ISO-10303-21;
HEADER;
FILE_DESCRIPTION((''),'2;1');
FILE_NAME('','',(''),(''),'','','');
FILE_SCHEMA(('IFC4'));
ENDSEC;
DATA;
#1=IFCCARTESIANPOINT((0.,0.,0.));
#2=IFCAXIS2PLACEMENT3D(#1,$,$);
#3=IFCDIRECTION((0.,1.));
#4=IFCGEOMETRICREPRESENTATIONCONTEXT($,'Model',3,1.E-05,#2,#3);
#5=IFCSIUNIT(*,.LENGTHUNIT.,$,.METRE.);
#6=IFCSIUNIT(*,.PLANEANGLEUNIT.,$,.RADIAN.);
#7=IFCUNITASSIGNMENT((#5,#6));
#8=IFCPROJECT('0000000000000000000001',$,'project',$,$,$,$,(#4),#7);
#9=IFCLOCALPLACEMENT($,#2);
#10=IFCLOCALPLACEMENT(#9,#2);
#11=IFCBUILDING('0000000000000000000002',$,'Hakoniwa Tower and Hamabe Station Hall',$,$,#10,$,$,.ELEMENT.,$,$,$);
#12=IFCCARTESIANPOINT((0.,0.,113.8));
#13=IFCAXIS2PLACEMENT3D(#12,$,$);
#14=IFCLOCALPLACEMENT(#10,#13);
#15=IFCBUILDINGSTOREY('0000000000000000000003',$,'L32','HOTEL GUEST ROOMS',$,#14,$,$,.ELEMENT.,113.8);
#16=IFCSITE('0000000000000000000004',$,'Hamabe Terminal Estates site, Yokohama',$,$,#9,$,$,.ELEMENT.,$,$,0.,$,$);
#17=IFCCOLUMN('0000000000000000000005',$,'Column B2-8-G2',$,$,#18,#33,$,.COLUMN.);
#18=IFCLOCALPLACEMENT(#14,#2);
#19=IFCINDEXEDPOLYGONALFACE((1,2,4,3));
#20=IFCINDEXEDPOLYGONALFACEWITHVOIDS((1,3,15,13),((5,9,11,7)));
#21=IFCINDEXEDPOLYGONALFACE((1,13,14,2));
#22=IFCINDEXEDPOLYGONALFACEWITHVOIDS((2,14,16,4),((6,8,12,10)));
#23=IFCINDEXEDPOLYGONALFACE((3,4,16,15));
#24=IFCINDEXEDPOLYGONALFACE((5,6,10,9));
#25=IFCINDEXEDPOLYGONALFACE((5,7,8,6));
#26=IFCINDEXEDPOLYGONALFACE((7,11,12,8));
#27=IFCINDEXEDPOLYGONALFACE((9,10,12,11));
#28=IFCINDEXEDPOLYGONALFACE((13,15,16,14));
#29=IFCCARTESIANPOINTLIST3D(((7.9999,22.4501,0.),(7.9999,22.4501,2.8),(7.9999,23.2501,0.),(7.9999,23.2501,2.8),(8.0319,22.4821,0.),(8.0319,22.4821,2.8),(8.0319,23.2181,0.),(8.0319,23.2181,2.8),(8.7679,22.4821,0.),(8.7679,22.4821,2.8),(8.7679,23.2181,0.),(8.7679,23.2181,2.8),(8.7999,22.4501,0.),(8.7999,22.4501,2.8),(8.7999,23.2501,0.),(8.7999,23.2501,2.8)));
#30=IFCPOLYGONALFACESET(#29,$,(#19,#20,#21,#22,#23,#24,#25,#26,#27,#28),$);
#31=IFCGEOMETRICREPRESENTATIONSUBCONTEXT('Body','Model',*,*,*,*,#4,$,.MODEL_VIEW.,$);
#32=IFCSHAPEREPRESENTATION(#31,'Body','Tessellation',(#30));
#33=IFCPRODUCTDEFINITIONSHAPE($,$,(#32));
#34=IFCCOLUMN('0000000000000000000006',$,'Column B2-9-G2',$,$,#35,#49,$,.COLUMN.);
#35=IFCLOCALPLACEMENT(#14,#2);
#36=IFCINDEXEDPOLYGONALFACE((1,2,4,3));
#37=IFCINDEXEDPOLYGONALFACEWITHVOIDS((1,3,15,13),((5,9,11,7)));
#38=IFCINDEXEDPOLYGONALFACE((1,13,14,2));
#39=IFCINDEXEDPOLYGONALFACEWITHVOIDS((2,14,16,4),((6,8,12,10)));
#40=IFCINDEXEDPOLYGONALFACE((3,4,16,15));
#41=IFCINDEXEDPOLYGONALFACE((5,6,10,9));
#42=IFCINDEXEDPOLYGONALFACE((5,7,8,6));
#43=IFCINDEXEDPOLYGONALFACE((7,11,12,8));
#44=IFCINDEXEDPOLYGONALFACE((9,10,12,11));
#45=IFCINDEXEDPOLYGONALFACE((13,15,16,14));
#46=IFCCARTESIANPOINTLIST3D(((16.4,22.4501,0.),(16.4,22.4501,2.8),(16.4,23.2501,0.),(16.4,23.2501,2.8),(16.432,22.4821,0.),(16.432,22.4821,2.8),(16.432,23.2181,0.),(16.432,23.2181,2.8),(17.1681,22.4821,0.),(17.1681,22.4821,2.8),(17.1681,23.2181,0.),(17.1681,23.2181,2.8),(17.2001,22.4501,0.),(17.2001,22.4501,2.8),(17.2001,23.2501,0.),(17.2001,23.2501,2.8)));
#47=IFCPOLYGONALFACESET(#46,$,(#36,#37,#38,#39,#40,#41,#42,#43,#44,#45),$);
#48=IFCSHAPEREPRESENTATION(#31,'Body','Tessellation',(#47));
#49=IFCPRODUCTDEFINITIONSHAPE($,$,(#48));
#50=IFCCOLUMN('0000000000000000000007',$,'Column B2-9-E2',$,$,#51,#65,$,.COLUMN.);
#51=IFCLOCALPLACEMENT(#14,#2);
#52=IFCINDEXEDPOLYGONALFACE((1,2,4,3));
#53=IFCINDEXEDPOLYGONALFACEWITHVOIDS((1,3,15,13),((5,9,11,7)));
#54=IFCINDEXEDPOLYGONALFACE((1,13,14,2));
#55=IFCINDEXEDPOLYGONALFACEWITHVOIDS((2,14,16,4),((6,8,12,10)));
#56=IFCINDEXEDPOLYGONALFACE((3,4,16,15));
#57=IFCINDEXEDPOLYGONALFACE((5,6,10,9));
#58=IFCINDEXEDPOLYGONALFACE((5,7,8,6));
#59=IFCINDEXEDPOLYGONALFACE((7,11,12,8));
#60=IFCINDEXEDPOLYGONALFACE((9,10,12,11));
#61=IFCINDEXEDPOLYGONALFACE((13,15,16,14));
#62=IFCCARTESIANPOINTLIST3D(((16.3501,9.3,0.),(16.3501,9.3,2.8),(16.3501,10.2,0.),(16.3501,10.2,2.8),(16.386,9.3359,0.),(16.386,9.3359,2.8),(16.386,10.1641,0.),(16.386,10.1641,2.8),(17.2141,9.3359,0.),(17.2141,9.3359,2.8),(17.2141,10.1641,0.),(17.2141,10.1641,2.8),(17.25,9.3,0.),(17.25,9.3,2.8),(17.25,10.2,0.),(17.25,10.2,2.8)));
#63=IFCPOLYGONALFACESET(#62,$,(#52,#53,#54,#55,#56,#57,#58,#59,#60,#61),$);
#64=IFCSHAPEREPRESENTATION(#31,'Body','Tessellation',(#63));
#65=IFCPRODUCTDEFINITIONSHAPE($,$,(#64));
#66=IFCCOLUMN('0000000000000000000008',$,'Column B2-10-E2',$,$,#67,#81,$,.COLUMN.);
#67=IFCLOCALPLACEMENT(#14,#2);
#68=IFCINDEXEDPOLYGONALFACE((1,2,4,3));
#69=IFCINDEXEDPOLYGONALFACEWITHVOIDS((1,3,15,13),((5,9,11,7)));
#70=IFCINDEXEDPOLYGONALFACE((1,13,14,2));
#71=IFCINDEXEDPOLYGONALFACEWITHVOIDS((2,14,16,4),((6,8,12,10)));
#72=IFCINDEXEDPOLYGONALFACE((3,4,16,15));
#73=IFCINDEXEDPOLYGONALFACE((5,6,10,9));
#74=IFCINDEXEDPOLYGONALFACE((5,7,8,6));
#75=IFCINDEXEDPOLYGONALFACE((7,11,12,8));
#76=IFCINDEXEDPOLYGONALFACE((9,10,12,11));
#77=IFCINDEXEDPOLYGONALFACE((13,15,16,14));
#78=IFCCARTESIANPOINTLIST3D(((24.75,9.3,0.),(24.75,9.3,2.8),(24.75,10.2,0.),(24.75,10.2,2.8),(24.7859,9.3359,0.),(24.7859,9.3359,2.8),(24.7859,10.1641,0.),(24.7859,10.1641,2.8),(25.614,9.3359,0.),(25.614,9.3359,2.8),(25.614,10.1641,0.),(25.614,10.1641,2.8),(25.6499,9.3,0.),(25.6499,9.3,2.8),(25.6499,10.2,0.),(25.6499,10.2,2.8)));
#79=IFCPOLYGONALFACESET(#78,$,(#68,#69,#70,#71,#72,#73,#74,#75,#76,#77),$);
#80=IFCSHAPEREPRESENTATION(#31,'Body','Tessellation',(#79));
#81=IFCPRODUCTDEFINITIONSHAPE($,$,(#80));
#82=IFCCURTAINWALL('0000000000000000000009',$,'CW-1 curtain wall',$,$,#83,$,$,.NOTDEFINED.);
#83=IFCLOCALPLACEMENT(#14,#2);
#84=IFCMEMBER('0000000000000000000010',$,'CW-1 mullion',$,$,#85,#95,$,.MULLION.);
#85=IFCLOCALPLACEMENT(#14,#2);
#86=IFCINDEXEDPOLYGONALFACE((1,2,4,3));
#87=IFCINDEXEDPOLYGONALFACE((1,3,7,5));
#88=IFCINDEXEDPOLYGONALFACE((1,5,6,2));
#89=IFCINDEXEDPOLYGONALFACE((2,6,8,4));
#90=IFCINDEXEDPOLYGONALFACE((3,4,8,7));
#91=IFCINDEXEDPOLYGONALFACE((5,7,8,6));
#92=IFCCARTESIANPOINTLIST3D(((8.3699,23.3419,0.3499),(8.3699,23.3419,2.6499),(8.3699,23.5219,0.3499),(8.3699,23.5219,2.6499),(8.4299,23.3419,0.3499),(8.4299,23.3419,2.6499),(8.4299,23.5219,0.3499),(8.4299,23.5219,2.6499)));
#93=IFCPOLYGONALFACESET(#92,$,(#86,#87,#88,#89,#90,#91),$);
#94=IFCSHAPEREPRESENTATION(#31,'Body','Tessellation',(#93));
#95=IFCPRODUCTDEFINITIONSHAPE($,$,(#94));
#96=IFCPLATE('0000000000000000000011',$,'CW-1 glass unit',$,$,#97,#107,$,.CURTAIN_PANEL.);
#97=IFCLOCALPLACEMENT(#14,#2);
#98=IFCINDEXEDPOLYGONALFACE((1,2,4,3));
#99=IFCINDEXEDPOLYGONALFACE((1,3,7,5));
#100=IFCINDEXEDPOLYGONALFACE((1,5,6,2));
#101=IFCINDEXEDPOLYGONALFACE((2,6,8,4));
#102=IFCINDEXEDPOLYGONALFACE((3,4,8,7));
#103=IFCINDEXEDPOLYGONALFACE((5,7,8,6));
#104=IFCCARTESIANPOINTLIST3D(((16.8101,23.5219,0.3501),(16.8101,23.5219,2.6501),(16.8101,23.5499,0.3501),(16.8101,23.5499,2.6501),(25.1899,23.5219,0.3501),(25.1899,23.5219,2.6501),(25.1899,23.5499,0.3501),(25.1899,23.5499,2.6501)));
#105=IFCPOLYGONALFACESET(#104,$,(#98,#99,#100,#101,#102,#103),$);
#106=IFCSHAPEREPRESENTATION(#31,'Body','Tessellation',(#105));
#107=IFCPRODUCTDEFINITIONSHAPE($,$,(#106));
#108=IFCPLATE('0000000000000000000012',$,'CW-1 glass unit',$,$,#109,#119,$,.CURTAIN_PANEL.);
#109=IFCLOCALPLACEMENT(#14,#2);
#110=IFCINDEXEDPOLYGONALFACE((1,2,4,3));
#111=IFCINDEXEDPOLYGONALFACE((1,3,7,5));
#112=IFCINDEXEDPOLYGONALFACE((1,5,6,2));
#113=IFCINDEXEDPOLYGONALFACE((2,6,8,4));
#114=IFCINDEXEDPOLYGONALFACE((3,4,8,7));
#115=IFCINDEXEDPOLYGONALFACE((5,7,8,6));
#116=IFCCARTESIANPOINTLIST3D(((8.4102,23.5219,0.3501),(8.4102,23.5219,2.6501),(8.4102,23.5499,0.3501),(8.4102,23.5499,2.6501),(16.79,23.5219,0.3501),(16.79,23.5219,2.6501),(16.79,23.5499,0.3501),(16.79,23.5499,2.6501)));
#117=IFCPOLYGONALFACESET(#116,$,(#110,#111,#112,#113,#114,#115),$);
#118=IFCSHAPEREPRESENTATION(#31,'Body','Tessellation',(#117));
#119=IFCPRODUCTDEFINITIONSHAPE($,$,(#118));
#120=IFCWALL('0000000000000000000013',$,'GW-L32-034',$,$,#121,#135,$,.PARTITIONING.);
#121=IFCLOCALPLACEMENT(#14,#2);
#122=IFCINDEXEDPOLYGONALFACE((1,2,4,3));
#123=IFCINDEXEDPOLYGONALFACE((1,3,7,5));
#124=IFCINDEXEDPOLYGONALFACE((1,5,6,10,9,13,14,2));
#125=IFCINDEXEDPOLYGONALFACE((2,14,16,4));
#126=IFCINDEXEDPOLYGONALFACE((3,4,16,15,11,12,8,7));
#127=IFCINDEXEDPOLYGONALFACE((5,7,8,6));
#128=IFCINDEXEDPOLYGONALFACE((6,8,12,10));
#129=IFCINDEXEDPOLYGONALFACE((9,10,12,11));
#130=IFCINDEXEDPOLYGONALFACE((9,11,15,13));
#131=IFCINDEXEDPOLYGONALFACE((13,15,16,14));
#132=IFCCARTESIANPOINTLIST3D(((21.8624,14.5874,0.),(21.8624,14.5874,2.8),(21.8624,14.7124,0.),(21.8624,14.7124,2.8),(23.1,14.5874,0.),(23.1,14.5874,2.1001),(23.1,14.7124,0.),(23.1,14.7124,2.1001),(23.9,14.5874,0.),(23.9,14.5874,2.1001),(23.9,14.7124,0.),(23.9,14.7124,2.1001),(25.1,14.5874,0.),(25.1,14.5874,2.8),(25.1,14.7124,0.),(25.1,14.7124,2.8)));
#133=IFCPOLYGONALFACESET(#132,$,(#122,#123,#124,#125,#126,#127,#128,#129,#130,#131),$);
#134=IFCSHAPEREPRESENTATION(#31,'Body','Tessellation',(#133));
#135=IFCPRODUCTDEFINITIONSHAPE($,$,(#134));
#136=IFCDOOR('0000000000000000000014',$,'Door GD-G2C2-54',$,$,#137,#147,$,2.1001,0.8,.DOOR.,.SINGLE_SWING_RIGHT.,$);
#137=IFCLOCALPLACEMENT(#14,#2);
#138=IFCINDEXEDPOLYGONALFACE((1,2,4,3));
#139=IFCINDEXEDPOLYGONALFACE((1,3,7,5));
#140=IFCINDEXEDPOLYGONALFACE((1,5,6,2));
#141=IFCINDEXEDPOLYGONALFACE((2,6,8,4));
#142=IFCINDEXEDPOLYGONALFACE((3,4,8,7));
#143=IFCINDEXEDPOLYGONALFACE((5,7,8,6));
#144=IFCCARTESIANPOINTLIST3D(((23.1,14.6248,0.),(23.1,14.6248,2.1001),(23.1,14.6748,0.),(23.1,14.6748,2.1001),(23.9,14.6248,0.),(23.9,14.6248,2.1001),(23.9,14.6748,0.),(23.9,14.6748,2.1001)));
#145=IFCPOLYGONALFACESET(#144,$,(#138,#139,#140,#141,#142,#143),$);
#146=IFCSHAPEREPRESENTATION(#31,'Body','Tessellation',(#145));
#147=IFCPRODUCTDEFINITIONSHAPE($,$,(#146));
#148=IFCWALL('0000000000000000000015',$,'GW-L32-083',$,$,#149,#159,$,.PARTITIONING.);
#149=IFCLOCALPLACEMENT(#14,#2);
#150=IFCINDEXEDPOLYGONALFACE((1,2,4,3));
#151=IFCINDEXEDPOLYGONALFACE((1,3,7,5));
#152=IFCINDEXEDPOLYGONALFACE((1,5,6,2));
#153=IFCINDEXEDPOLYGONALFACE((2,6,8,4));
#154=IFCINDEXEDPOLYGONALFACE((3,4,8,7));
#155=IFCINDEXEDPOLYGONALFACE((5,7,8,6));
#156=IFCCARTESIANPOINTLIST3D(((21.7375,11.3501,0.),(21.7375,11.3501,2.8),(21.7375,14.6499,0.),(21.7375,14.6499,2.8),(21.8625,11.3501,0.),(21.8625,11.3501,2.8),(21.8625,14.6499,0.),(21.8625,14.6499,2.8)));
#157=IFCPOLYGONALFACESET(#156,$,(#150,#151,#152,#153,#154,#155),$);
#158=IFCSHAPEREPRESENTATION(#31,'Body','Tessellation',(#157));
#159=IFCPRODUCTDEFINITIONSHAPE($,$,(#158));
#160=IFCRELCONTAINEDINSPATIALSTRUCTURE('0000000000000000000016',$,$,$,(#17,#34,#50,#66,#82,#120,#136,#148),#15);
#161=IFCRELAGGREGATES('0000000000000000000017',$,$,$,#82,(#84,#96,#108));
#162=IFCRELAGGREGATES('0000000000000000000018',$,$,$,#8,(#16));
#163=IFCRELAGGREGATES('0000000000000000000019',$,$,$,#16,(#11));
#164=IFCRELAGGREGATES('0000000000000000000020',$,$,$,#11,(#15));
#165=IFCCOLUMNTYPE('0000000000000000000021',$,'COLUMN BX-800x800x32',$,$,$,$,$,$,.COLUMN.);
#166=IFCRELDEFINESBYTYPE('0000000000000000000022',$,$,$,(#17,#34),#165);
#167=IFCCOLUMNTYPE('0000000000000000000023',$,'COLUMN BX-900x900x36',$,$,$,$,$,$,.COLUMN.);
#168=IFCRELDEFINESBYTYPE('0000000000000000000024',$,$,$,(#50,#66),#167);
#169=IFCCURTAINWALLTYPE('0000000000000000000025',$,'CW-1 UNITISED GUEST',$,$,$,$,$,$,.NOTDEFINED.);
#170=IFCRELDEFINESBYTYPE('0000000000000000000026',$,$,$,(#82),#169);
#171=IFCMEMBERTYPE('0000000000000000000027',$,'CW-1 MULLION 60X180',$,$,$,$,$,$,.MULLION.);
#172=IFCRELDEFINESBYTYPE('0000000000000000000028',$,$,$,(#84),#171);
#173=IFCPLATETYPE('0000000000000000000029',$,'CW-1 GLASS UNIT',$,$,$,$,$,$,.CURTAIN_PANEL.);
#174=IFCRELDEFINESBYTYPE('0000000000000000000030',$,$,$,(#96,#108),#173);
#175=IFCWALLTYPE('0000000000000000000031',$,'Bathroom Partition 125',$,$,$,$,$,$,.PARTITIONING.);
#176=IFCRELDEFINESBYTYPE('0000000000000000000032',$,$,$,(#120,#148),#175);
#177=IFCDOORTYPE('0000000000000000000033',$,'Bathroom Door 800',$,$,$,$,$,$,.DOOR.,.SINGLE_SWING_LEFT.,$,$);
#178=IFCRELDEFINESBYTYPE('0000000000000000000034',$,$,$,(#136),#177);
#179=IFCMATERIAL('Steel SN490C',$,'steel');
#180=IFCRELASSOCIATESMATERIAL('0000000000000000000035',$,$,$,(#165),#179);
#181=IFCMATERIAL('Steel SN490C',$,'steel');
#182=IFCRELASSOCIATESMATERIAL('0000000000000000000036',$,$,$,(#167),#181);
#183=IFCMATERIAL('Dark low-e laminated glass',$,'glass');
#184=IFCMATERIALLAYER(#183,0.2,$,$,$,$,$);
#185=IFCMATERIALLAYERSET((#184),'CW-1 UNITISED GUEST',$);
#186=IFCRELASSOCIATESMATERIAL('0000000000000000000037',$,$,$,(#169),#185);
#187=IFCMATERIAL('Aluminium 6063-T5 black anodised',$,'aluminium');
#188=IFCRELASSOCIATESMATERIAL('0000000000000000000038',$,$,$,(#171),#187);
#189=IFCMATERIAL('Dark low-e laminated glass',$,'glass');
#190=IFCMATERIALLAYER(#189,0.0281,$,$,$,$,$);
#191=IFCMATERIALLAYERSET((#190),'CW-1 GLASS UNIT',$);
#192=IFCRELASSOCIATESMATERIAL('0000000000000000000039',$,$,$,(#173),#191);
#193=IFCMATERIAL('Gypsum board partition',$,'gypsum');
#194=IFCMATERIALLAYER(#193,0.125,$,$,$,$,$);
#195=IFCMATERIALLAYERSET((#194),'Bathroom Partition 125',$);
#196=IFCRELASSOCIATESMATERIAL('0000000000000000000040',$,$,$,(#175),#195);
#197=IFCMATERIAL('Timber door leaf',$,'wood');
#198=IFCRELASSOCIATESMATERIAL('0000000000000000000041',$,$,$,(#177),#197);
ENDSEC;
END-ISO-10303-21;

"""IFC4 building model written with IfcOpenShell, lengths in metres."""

from ifc_helpers import new_model, si_unit, direction, frame, frame_2d, origin, origin_2d, place, context, subcontext, project, spatial, rectangle, hollow_rectangle, extrude, material, layer, layer_set, material_profile, profile_set, type_object, element, fill, aggregate, save


model = new_model("IFC4")

# Units and contexts
model_context = context("Model", 3, precision=1e-05, world=origin(), true_north=direction((0.0, 1.0)))
body_context = subcontext(model_context, "Body", "Model", "MODEL_VIEW")
ifc_project = project(units=[si_unit("LENGTHUNIT", "METRE"), si_unit("PLANEANGLEUNIT", "RADIAN")], contexts=[model_context])

# Site, building, storey
site_placement = place(None, origin())
site = spatial("IfcSite", under=ifc_project, at=site_placement, Name="Hamabe Terminal Estates site, Yokohama", CompositionType="ELEMENT", RefElevation=0.0)
building_placement = place(site_placement, origin())
building = spatial("IfcBuilding", under=site, at=building_placement, Name="Hakoniwa Tower and Hamabe Station Hall", CompositionType="ELEMENT")
storey_placement = place(building_placement, frame((0.0, 0.0, 113.8)))
storey = spatial("IfcBuildingStorey", under=building, at=storey_placement, Name="L32", Description="HOTEL GUEST ROOMS", CompositionType="ELEMENT", Elevation=113.8)

# Columns
ifc_material_1 = material(Name="Steel SN490C", Category="steel")
ifc_material_profile_1 = material_profile(ifc_material_1, hollow_rectangle(XDim=0.8, YDim=0.8, WallThickness=0.032, at=origin_2d()), Name="BX-800x800x32")
ifc_profile_set_1 = profile_set([ifc_material_profile_1], Name="Steel SN490C")
column_type_1 = type_object("IfcColumnType", Name="COLUMN BX-800x800x32", PredefinedType="COLUMN", material=ifc_profile_set_1)
for number, where, z_axis, x_axis, name in (
    (1, (8.3999, 22.8501, 0.0), (0.0, 0.0, 1.0), (1.0, 0.0, 0.0), "Column B2-8-G2"),
    (2, (16.8, 22.8501, 0.0), (0.0, 0.0, 1.0), (1.0, 0.0, 0.0), "Column B2-9-G2"),
):
    element("IfcColumn", number, at=place(storey_placement, frame(where, z_axis=z_axis, x_axis=x_axis)), inside=storey, type_object=column_type_1, Name=name, PredefinedType="COLUMN", context=body_context, shape_type="SweptSolid", body=[
        extrude(hollow_rectangle(XDim=0.8, YDim=0.8, WallThickness=0.032, at=origin_2d()), origin(), (0.0, 0.0, 1.0), 2.8),
    ])
ifc_material_2 = material(Name="Steel SN490C", Category="steel")
ifc_material_profile_2 = material_profile(ifc_material_2, hollow_rectangle(XDim=0.8999, YDim=0.8999, WallThickness=0.0359, at=origin_2d()), Name="BX-900x900x36")
ifc_profile_set_2 = profile_set([ifc_material_profile_2], Name="Steel SN490C")
column_type_2 = type_object("IfcColumnType", Name="COLUMN BX-900x900x36", PredefinedType="COLUMN", material=ifc_profile_set_2)
for number, where, z_axis, x_axis, name in (
    (3, (16.8, 9.75, 0.0), (0.0, 0.0, 1.0), (1.0, 0.0, 0.0), "Column B2-9-E2"),
    (4, (25.2, 9.75, 0.0), (0.0, 0.0, 1.0), (1.0, 0.0, 0.0), "Column B2-10-E2"),
):
    element("IfcColumn", number, at=place(storey_placement, frame(where, z_axis=z_axis, x_axis=x_axis)), inside=storey, type_object=column_type_2, Name=name, PredefinedType="COLUMN", context=body_context, shape_type="SweptSolid", body=[
        extrude(hollow_rectangle(XDim=0.8999, YDim=0.8999, WallThickness=0.0359, at=origin_2d()), origin(), (0.0, 0.0, 1.0), 2.8),
    ])

# Curtain wall, member, plates
ifc_material_3 = material(Name="Dark low-e laminated glass", Category="glass")
ifc_layer_1 = layer(ifc_material_3, 0.2)
ifc_layer_set_1 = layer_set([ifc_layer_1], Name="CW-1 UNITISED GUEST")
curtain_wall_type = type_object("IfcCurtainWallType", Name="CW-1 UNITISED GUEST", PredefinedType="NOTDEFINED", material=ifc_layer_set_1)
curtain_wall_placement = place(storey_placement, origin())
curtain_wall = element("IfcCurtainWall", 5, at=curtain_wall_placement, inside=storey, type_object=curtain_wall_type, Name="CW-1 curtain wall", PredefinedType="NOTDEFINED")
ifc_material_4 = material(Name="Aluminium 6063-T5 black anodised", Category="aluminium")
ifc_material_profile_3 = material_profile(ifc_material_4, rectangle(XDim=0.0601, YDim=0.1799, at=origin_2d()), Name="CW-1 MULLION 60X180")
ifc_profile_set_3 = profile_set([ifc_material_profile_3], Name="Aluminium 6063-T5 black anodised")
member_type = type_object("IfcMemberType", Name="CW-1 MULLION 60X180", PredefinedType="MULLION", material=ifc_profile_set_3)
member_placement = place(storey_placement, frame((8.3999, 23.4319, 0.3499), z_axis=(0.0, 0.0, 1.0), x_axis=(-1.0, 0.0, 0.0)))
member = element("IfcMember", 6, at=member_placement, type_object=member_type, Name="CW-1 mullion", PredefinedType="MULLION", context=body_context, shape_type="SweptSolid", body=[
    extrude(rectangle(XDim=0.0601, YDim=0.1799, at=origin_2d()), origin(), (0.0, 0.0, 1.0), 2.3),
])
ifc_material_5 = material(Name="Dark low-e laminated glass", Category="glass")
ifc_layer_2 = layer(ifc_material_5, 0.0281)
ifc_layer_set_2 = layer_set([ifc_layer_2], Name="CW-1 GLASS UNIT")
plate_type = type_object("IfcPlateType", Name="CW-1 GLASS UNIT", PredefinedType="CURTAIN_PANEL", material=ifc_layer_set_2)
plate_1_placement = place(storey_placement, frame((21.0, 23.5359, 0.3501), z_axis=(0.0, 0.0, 1.0), x_axis=(-1.0, 0.0, 0.0)))
plate_1 = element("IfcPlate", 7, at=plate_1_placement, type_object=plate_type, Name="CW-1 glass unit", PredefinedType="CURTAIN_PANEL", context=body_context, shape_type="SweptSolid", body=[
    extrude(rectangle(XDim=8.3799, YDim=0.0281, at=origin_2d()), origin(), (0.0, 0.0, 1.0), 2.3),
])
plate_2_placement = place(storey_placement, frame((12.6001, 23.5359, 0.3501), z_axis=(0.0, 0.0, 1.0), x_axis=(-1.0, 0.0, 0.0)))
plate_2 = element("IfcPlate", 8, at=plate_2_placement, type_object=plate_type, Name="CW-1 glass unit", PredefinedType="CURTAIN_PANEL", context=body_context, shape_type="SweptSolid", body=[
    extrude(rectangle(XDim=8.3799, YDim=0.0281, at=origin_2d()), origin(), (0.0, 0.0, 1.0), 2.3),
])
aggregate(curtain_wall, [member, plate_1, plate_2])

# Wall, opening, door
ifc_material_6 = material(Name="Gypsum board partition", Category="gypsum")
ifc_layer_3 = layer(ifc_material_6, 0.125)
ifc_layer_set_3 = layer_set([ifc_layer_3], Name="Bathroom Partition 125")
wall_type_1 = type_object("IfcWallType", Name="Bathroom Partition 125", PredefinedType="PARTITIONING", material=ifc_layer_set_3)
wall_1_placement = place(storey_placement, frame((21.8625, 14.6499, 0.0), z_axis=(0.0, 0.0, 1.0), x_axis=(1.0, 0.0, 0.0)))
wall_1 = element("IfcWall", 9, at=wall_1_placement, inside=storey, type_object=wall_type_1, Name="GW-L32-034", PredefinedType="PARTITIONING", context=body_context, shape_type="SweptSolid", body=[
    extrude(rectangle(XDim=3.2375, YDim=0.125, at=frame_2d((1.6187, 0.0))), origin(), (0.0, 0.0, 1.0), 2.8),
])
opening_1_placement = place(wall_1_placement, frame((1.2375, 0.0, 0.0)))
opening_1 = element("IfcOpeningElement", 10, at=opening_1_placement, cuts=wall_1, PredefinedType="OPENING", context=body_context, shape_type="SweptSolid", body=[
    extrude(rectangle(XDim=0.8, YDim=2.1001, at=frame_2d((0.3999, 1.05))), frame((0.0, 0.0725, 0.0), z_axis=(0.0, -1.0, 0.0), x_axis=(1.0, 0.0, 0.0)), (0.0, 0.0, 1.0), 0.145),
])
ifc_material_7 = material(Name="Timber door leaf", Category="wood")
door_type_1 = type_object("IfcDoorType", Name="Bathroom Door 800", OperationType="SINGLE_SWING_LEFT", PredefinedType="DOOR", material=ifc_material_7)
door_1_placement = place(opening_1_placement, origin())
door_1 = element("IfcDoor", 11, at=door_1_placement, inside=storey, type_object=door_type_1, Name="Door GD-G2C2-54", OperationType="SINGLE_SWING_RIGHT", OverallHeight=2.1001, OverallWidth=0.8, PredefinedType="DOOR", context=body_context, shape_type="SweptSolid", body=[
    extrude(rectangle(XDim=0.8, YDim=2.1001, at=frame_2d((0.3999, 1.05))), frame((0.0, 0.0249, 0.0), z_axis=(0.0, -1.0, 0.0), x_axis=(1.0, 0.0, 0.0)), (0.0, 0.0, 1.0), 0.05),
])
fill(opening_1, door_1)

# Wall
wall_2_placement = place(storey_placement, frame((21.8, 11.3501, 0.0), z_axis=(0.0, 0.0, 1.0), x_axis=(0.0, 1.0, 0.0)))
element("IfcWall", 12, at=wall_2_placement, inside=storey, type_object=wall_type_1, Name="GW-L32-083", PredefinedType="PARTITIONING", context=body_context, shape_type="SweptSolid", body=[
    extrude(rectangle(XDim=3.2998, YDim=0.125, at=frame_2d((1.6499, 0.0))), origin(), (0.0, 0.0, 1.0), 2.8),
])

save(model, "model.ifc")
